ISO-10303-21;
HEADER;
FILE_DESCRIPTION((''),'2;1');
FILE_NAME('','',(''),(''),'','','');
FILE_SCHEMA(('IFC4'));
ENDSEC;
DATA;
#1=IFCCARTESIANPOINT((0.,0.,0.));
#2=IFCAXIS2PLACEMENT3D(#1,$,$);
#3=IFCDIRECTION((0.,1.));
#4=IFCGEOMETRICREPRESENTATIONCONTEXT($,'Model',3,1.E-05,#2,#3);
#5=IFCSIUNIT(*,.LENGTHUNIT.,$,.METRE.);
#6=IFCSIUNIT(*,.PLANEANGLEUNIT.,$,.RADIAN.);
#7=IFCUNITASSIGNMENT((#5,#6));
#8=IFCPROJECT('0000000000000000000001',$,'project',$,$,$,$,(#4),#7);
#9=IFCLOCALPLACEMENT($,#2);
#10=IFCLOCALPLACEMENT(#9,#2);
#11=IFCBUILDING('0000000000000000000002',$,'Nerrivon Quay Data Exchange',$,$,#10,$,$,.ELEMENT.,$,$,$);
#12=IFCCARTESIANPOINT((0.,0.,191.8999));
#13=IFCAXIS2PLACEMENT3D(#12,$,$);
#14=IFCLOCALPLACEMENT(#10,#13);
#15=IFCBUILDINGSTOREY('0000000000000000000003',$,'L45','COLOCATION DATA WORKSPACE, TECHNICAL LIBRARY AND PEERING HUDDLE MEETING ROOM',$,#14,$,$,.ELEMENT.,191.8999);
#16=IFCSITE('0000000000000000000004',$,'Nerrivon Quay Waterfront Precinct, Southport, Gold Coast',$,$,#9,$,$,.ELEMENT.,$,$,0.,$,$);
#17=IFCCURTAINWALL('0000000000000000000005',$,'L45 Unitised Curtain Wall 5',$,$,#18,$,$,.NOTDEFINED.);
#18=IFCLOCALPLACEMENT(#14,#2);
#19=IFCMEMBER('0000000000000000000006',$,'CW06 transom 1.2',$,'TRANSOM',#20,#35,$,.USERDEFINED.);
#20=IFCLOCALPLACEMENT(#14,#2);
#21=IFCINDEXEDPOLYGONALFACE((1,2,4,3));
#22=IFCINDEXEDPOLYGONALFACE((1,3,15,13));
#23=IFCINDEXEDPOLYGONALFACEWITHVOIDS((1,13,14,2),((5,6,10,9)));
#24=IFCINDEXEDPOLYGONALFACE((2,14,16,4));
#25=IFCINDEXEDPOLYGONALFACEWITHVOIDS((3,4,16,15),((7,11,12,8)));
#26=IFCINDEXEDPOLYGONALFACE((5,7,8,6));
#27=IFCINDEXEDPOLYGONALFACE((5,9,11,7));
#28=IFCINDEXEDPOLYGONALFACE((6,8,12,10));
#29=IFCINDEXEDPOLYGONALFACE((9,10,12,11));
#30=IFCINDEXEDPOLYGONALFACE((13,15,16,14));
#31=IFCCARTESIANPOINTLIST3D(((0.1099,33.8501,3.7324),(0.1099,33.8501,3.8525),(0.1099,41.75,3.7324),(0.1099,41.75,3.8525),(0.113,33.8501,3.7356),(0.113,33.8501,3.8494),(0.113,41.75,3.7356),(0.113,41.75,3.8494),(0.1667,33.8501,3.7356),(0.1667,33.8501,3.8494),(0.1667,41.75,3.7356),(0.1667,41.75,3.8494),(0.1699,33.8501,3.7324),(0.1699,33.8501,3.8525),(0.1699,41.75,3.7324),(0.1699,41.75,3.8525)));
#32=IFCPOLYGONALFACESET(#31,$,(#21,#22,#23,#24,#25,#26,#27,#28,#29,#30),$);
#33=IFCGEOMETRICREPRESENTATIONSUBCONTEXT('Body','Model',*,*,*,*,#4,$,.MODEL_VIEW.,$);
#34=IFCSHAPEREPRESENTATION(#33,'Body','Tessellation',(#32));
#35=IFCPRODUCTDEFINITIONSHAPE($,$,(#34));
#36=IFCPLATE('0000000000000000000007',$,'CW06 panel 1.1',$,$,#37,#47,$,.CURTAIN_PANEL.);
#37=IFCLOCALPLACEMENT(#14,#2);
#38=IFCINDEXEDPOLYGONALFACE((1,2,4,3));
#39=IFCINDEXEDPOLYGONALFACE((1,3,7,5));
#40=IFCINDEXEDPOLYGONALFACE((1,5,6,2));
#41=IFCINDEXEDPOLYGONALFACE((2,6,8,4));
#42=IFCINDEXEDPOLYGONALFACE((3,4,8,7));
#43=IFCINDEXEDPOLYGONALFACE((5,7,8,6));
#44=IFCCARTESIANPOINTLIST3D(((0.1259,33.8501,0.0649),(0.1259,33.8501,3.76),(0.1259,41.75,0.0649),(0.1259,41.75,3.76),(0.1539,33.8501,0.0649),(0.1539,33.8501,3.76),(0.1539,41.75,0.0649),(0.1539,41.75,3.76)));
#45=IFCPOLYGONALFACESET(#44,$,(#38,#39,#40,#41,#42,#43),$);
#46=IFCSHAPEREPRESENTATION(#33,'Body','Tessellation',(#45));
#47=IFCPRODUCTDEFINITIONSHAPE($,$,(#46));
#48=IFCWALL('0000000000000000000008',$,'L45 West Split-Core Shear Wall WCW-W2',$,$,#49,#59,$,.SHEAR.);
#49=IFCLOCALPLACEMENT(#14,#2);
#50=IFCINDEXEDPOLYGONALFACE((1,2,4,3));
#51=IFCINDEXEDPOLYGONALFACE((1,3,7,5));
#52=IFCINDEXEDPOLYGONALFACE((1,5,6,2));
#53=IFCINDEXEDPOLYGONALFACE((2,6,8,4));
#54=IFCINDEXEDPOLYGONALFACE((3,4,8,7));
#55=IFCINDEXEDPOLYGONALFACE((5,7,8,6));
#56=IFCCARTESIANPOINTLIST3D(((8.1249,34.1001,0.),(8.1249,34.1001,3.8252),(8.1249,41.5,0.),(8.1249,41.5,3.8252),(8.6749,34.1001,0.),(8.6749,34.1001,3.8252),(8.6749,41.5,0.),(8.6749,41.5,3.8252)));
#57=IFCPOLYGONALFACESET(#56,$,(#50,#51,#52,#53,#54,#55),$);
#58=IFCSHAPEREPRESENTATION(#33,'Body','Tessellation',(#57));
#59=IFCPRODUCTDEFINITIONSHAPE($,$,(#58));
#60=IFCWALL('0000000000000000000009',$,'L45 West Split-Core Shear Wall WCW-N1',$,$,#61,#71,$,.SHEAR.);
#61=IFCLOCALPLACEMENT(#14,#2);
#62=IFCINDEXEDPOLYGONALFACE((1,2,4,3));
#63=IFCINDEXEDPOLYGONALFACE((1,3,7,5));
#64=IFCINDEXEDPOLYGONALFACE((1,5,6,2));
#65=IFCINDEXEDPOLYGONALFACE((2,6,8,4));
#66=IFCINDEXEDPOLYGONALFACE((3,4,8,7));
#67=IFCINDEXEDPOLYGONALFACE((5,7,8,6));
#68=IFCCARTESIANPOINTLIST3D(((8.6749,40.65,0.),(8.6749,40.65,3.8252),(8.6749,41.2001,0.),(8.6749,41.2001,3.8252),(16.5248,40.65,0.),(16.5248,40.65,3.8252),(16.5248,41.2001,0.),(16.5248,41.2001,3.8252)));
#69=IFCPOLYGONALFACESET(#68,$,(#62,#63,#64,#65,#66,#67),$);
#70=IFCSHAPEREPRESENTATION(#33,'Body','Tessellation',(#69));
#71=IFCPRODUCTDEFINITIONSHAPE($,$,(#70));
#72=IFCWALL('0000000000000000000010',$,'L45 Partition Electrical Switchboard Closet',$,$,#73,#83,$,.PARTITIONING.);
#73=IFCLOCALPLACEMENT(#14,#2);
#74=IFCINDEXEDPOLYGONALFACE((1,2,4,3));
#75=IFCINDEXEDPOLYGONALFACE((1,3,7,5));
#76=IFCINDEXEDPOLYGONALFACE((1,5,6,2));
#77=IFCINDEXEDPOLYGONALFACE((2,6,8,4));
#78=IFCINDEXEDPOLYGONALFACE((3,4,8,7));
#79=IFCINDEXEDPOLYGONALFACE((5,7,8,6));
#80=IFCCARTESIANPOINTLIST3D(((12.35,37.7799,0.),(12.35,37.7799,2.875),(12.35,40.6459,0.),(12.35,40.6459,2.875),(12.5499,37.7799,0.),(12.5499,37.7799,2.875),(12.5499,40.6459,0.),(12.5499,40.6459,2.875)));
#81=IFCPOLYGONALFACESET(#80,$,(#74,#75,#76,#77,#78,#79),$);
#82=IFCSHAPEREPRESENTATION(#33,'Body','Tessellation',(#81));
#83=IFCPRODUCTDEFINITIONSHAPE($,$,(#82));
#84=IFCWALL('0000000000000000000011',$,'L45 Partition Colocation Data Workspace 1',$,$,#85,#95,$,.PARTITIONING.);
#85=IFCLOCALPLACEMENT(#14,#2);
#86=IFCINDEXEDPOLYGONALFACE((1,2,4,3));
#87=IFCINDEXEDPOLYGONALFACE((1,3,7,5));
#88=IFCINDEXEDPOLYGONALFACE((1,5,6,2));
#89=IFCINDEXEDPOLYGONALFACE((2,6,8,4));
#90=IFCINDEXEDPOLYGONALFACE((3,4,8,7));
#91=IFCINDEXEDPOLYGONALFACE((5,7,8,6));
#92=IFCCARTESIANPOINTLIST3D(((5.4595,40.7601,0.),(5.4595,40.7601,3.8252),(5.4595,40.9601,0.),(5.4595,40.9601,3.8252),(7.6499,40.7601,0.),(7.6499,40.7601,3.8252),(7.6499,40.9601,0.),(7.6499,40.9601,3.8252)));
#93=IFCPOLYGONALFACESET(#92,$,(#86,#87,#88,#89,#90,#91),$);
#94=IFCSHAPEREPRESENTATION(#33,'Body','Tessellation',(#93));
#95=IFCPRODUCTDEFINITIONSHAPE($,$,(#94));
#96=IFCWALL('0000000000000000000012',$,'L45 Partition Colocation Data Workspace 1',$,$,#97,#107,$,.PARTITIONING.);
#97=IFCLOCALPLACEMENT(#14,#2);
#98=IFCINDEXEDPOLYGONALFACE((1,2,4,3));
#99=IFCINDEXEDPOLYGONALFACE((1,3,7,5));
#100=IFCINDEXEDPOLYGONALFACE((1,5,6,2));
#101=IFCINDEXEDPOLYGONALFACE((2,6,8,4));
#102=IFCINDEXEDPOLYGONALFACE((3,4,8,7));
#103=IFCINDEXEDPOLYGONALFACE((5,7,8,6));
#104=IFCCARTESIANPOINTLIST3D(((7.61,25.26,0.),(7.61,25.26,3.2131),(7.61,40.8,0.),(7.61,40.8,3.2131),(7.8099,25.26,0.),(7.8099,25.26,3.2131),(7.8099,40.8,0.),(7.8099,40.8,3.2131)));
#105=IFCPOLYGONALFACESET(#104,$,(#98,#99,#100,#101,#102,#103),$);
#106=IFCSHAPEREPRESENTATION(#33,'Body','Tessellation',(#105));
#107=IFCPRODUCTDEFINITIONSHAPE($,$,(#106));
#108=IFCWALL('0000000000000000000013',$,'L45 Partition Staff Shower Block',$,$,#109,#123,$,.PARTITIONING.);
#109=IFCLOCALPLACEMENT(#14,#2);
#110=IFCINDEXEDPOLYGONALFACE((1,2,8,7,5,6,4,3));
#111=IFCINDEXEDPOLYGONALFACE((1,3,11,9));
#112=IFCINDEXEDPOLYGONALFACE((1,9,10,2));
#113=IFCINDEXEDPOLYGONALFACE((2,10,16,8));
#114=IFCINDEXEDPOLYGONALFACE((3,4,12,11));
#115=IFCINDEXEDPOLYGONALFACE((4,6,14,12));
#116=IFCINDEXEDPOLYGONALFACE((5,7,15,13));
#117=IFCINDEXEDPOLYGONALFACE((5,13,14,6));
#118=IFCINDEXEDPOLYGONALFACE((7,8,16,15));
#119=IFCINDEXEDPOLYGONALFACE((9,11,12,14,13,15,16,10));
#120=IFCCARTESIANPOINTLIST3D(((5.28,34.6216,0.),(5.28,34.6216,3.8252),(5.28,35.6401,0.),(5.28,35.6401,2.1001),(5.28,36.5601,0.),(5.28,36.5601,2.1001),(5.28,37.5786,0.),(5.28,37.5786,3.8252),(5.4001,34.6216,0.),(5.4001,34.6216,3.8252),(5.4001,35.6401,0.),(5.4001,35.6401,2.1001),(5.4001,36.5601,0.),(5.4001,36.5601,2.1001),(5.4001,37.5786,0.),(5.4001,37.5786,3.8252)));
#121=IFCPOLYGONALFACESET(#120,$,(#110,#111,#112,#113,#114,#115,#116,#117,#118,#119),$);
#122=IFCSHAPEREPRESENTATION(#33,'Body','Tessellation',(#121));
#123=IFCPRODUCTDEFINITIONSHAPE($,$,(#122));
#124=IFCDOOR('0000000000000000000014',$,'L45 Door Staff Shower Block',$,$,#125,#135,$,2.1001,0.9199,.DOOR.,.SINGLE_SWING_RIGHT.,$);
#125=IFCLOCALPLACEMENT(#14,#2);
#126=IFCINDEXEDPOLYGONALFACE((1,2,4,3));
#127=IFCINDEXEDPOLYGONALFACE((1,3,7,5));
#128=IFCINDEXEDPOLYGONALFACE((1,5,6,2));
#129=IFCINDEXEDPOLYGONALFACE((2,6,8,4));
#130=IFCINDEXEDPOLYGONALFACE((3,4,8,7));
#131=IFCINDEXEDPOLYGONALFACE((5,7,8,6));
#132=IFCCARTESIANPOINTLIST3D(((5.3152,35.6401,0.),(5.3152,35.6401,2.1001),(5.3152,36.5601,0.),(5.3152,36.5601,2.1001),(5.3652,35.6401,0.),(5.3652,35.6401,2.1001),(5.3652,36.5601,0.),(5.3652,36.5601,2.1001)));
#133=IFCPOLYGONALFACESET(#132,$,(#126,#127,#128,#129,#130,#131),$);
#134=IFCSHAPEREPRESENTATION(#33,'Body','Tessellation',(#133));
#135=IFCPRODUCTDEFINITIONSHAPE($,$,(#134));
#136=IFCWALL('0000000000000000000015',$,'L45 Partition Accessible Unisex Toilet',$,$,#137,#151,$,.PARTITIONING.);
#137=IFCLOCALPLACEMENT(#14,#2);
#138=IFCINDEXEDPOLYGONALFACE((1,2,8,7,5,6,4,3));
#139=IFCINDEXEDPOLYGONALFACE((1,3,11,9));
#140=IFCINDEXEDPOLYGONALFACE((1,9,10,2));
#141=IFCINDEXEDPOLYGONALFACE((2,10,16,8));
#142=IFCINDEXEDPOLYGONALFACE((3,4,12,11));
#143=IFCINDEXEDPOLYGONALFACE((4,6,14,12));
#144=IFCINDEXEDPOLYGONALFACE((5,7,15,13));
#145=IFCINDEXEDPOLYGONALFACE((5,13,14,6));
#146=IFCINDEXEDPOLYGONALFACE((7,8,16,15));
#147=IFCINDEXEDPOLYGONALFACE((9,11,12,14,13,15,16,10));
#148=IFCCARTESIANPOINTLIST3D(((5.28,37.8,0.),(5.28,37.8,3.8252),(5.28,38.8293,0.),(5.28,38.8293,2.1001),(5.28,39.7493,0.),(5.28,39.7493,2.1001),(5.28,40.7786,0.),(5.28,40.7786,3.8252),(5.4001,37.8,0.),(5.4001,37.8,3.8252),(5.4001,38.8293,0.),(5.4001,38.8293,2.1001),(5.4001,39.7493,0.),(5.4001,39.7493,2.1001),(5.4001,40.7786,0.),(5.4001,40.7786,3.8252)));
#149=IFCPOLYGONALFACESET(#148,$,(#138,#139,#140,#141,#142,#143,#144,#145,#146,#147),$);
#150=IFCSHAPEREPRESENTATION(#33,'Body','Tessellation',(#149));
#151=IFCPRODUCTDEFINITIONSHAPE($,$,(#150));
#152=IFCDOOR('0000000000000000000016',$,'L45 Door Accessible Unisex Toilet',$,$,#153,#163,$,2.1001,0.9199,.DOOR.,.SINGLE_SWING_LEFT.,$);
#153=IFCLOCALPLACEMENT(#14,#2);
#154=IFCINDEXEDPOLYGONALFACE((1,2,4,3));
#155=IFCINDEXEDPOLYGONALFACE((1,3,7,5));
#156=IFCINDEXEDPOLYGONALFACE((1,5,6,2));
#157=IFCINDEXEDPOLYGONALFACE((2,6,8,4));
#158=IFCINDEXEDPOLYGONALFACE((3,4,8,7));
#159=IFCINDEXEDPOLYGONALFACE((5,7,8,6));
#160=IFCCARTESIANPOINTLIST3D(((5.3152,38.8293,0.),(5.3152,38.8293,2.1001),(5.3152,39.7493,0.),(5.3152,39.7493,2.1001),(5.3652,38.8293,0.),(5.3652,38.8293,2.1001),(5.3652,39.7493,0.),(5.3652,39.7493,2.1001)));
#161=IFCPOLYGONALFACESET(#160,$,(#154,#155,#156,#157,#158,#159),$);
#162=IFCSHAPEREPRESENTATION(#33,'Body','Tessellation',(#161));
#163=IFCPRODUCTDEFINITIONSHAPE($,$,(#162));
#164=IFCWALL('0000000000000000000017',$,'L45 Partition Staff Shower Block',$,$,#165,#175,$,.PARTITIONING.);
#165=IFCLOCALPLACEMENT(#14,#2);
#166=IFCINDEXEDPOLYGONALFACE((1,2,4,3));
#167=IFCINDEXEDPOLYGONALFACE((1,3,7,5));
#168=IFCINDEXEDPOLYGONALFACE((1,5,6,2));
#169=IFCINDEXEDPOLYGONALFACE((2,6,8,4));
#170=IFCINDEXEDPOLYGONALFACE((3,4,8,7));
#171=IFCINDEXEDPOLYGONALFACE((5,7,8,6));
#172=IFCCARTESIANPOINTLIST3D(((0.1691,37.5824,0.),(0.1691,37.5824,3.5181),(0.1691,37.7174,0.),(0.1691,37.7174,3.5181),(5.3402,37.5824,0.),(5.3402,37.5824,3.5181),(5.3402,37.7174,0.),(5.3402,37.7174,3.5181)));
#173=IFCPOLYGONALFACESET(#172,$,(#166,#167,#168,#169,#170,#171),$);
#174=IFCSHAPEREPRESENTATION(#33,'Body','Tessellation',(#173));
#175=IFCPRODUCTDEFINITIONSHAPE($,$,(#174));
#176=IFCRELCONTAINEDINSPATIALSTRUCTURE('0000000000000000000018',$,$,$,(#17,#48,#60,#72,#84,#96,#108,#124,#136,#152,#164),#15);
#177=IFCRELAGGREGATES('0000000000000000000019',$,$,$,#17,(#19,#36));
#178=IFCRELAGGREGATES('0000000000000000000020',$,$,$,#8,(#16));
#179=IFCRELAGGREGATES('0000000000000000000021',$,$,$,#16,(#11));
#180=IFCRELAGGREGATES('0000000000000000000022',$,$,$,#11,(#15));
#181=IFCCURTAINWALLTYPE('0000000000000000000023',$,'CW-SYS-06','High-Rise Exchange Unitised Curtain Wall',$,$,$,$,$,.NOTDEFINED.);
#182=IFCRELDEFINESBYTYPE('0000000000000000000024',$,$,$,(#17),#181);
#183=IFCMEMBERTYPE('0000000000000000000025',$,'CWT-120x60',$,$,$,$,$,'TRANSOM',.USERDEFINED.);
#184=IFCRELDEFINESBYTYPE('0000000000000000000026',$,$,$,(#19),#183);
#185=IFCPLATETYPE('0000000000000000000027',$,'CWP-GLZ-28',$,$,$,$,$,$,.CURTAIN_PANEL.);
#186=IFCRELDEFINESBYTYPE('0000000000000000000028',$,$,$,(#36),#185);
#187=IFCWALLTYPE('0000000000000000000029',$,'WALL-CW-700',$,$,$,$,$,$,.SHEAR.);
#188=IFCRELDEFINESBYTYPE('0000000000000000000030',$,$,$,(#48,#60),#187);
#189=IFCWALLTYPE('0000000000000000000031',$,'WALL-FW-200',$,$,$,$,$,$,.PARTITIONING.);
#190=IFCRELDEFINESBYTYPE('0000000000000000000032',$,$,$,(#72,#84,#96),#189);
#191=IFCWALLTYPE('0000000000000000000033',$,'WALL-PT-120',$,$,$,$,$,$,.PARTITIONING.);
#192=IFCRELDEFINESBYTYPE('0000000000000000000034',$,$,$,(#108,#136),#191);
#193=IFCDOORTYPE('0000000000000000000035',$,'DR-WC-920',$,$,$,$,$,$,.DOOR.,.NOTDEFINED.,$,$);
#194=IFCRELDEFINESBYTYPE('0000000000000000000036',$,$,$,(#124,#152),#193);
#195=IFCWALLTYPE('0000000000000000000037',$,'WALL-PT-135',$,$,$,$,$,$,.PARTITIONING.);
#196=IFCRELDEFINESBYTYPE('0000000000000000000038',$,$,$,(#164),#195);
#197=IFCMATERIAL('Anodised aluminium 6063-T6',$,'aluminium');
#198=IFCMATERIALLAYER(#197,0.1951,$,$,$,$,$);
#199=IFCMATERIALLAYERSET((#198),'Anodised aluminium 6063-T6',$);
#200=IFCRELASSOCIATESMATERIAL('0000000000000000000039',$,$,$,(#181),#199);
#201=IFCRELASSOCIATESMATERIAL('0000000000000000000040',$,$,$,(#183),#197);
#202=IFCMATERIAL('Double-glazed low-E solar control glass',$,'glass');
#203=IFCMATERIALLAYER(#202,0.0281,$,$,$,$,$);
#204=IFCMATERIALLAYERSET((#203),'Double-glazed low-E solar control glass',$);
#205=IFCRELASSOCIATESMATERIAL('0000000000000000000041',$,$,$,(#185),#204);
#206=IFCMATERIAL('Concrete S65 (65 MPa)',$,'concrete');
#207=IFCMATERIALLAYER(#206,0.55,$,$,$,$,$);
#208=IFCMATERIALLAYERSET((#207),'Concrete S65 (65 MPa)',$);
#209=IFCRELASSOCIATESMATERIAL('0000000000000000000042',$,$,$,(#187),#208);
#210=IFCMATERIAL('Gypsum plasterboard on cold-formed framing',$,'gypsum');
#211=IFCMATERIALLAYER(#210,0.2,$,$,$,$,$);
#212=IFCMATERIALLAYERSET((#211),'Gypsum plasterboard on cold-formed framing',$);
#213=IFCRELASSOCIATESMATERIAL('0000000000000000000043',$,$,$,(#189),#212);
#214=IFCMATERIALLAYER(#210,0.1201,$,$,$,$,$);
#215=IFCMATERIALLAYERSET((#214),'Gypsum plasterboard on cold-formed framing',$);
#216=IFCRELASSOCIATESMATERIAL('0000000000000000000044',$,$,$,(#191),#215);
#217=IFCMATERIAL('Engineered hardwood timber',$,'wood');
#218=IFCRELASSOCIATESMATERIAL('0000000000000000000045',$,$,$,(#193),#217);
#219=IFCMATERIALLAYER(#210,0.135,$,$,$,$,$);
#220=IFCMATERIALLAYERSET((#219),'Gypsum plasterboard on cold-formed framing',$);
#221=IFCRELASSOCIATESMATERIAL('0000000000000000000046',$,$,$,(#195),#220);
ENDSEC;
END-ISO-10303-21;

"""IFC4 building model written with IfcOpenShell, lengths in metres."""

from ifc_helpers import new_model, si_unit, direction, frame, frame_2d, origin, origin_2d, place, context, subcontext, project, spatial, rectangle, hollow_rectangle, extrude, material, layer, layer_set, material_profile, profile_set, type_object, element, fill, aggregate, save


model = new_model("IFC4")

# Units and contexts
model_context = context("Model", 3, precision=1e-05, world=origin(), true_north=direction((0.0, 1.0)))
body_context = subcontext(model_context, "Body", "Model", "MODEL_VIEW")
ifc_project = project(units=[si_unit("LENGTHUNIT", "METRE"), si_unit("PLANEANGLEUNIT", "RADIAN")], contexts=[model_context])

# Site, building, storey
site_placement = place(None, origin())
site = spatial("IfcSite", under=ifc_project, at=site_placement, Name="Nerrivon Quay Waterfront Precinct, Southport, Gold Coast", CompositionType="ELEMENT", RefElevation=0.0)
building_placement = place(site_placement, origin())
building = spatial("IfcBuilding", under=site, at=building_placement, Name="Nerrivon Quay Data Exchange", CompositionType="ELEMENT")
storey_placement = place(building_placement, frame((0.0, 0.0, 191.8999)))
storey = spatial("IfcBuildingStorey", under=building, at=storey_placement, Name="L45", Description="COLOCATION DATA WORKSPACE, TECHNICAL LIBRARY AND PEERING HUDDLE MEETING ROOM", CompositionType="ELEMENT", Elevation=191.8999)

# Curtain wall, member, plate
ifc_material_1 = material(Name="Anodised aluminium 6063-T6", Category="aluminium")
ifc_layer_1 = layer(ifc_material_1, 0.1951)
ifc_layer_set_1 = layer_set([ifc_layer_1], Name="Anodised aluminium 6063-T6")
curtain_wall_type = type_object("IfcCurtainWallType", Name="CW-SYS-06", Description="High-Rise Exchange Unitised Curtain Wall", PredefinedType="NOTDEFINED", material=ifc_layer_set_1)
curtain_wall_placement = place(storey_placement, origin())
curtain_wall = element("IfcCurtainWall", 1, at=curtain_wall_placement, inside=storey, type_object=curtain_wall_type, Name="L45 Unitised Curtain Wall 5", PredefinedType="NOTDEFINED")
ifc_material_profile_1 = material_profile(ifc_material_1, hollow_rectangle(XDim=0.0601, YDim=0.1201, WallThickness=0.0032, at=origin_2d()), Name="ALU-TRAN-120x60")
ifc_profile_set_1 = profile_set([ifc_material_profile_1], Name="Anodised aluminium 6063-T6")
member_type_1 = type_object("IfcMemberType", Name="CWT-120x60", ElementType="TRANSOM", PredefinedType="USERDEFINED", material=ifc_profile_set_1)
member_1_placement = place(storey_placement, frame((0.1399, 33.8501, 3.7925), z_axis=(0.0, 1.0, 0.0), x_axis=(-1.0, 0.0, 0.0)))
member_1 = element("IfcMember", 2, at=member_1_placement, type_object=member_type_1, Name="CW06 transom 1.2", ObjectType="TRANSOM", PredefinedType="USERDEFINED", context=body_context, shape_type="SweptSolid", body=[
    extrude(hollow_rectangle(XDim=0.0601, YDim=0.1201, WallThickness=0.0032, at=origin_2d()), origin(), (0.0, 0.0, 1.0), 7.8999),
])
ifc_material_2 = material(Name="Double-glazed low-E solar control glass", Category="glass")
ifc_layer_2 = layer(ifc_material_2, 0.0281)
ifc_layer_set_2 = layer_set([ifc_layer_2], Name="Double-glazed low-E solar control glass")
plate_type = type_object("IfcPlateType", Name="CWP-GLZ-28", PredefinedType="CURTAIN_PANEL", material=ifc_layer_set_2)
plate_placement = place(storey_placement, frame((0.1399, 37.8, 0.0649), z_axis=(0.0, 0.0, 1.0), x_axis=(0.0, 1.0, 0.0)))
plate = element("IfcPlate", 3, at=plate_placement, type_object=plate_type, Name="CW06 panel 1.1", PredefinedType="CURTAIN_PANEL", context=body_context, shape_type="SweptSolid", body=[
    extrude(rectangle(XDim=7.8999, YDim=0.0281, at=origin_2d()), origin(), (0.0, 0.0, 1.0), 3.6951),
])
aggregate(curtain_wall, [member_1, plate])

# Walls
ifc_material_3 = material(Name="Concrete S65 (65 MPa)", Category="concrete")
ifc_layer_3 = layer(ifc_material_3, 0.55)
ifc_layer_set_3 = layer_set([ifc_layer_3], Name="Concrete S65 (65 MPa)")
wall_type_1 = type_object("IfcWallType", Name="WALL-CW-700", PredefinedType="SHEAR", material=ifc_layer_set_3)
wall_1_placement = place(storey_placement, frame((8.3999, 34.1001, 0.0), z_axis=(0.0, 0.0, 1.0), x_axis=(0.0, 1.0, 0.0)))
element("IfcWall", 4, at=wall_1_placement, inside=storey, type_object=wall_type_1, Name="L45 West Split-Core Shear Wall WCW-W2", PredefinedType="SHEAR", context=body_context, shape_type="SweptSolid", body=[
    extrude(rectangle(XDim=7.3999, YDim=0.55, at=frame_2d((3.7, 0.0))), origin(), (0.0, 0.0, 1.0), 3.8252),
])
wall_2_placement = place(storey_placement, frame((8.675, 40.925, 0.0), z_axis=(0.0, 0.0, 1.0), x_axis=(1.0, 0.0, 0.0)))
element("IfcWall", 5, at=wall_2_placement, inside=storey, type_object=wall_type_1, Name="L45 West Split-Core Shear Wall WCW-N1", PredefinedType="SHEAR", context=body_context, shape_type="SweptSolid", body=[
    extrude(rectangle(XDim=7.8499, YDim=0.55, at=frame_2d((3.9248, 0.0))), origin(), (0.0, 0.0, 1.0), 3.8252),
])
ifc_material_4 = material(Name="Gypsum plasterboard on cold-formed framing", Category="gypsum")
ifc_layer_4 = layer(ifc_material_4, 0.2)
ifc_layer_set_4 = layer_set([ifc_layer_4], Name="Gypsum plasterboard on cold-formed framing")
wall_type_2 = type_object("IfcWallType", Name="WALL-FW-200", PredefinedType="PARTITIONING", material=ifc_layer_set_4)
wall_3_placement = place(storey_placement, frame((12.45, 40.646, 0.0), z_axis=(0.0, 0.0, 1.0), x_axis=(0.0, -1.0, 0.0)))
element("IfcWall", 6, at=wall_3_placement, inside=storey, type_object=wall_type_2, Name="L45 Partition Electrical Switchboard Closet", PredefinedType="PARTITIONING", context=body_context, shape_type="SweptSolid", body=[
    extrude(rectangle(XDim=2.866, YDim=0.2, at=frame_2d((1.4331, 0.0))), origin(), (0.0, 0.0, 1.0), 2.875),
])
wall_4_placement = place(storey_placement, frame((5.4595, 40.8601, 0.0), z_axis=(0.0, 0.0, 1.0), x_axis=(1.0, 0.0, 0.0)))
element("IfcWall", 7, at=wall_4_placement, inside=storey, type_object=wall_type_2, Name="L45 Partition Colocation Data Workspace 1", PredefinedType="PARTITIONING", context=body_context, shape_type="SweptSolid", body=[
    extrude(rectangle(XDim=2.1904, YDim=0.2, at=frame_2d((1.0952, 0.0))), origin(), (0.0, 0.0, 1.0), 3.8252),
])
wall_5_placement = place(storey_placement, frame((7.71, 40.8, 0.0), z_axis=(0.0, 0.0, 1.0), x_axis=(0.0, -1.0, 0.0)))
element("IfcWall", 8, at=wall_5_placement, inside=storey, type_object=wall_type_2, Name="L45 Partition Colocation Data Workspace 1", PredefinedType="PARTITIONING", context=body_context, shape_type="SweptSolid", body=[
    extrude(rectangle(XDim=15.54, YDim=0.2, at=frame_2d((7.77, 0.0))), origin(), (0.0, 0.0, 1.0), 3.2131),
])

# Walls, openings, doors
ifc_layer_5 = layer(ifc_material_4, 0.1201)
ifc_layer_set_5 = layer_set([ifc_layer_5], Name="Gypsum plasterboard on cold-formed framing")
wall_type_3 = type_object("IfcWallType", Name="WALL-PT-120", PredefinedType="PARTITIONING", material=ifc_layer_set_5)
wall_6_placement = place(storey_placement, frame((5.3401, 34.6216, 0.0), z_axis=(0.0, 0.0, 1.0), x_axis=(0.0, 1.0, 0.0)))
wall_6 = element("IfcWall", 9, at=wall_6_placement, inside=storey, type_object=wall_type_3, Name="L45 Partition Staff Shower Block", PredefinedType="PARTITIONING", context=body_context, shape_type="SweptSolid", body=[
    extrude(rectangle(XDim=2.957, YDim=0.1201, at=frame_2d((1.4785, 0.0))), origin(), (0.0, 0.0, 1.0), 3.8252),
])
opening_1_placement = place(wall_6_placement, frame((1.0186, 0.0, 0.0)))
opening_1 = element("IfcOpeningElement", 10, at=opening_1_placement, cuts=wall_6, PredefinedType="OPENING", context=body_context, shape_type="SweptSolid", body=[
    extrude(rectangle(XDim=0.9199, YDim=2.1001, at=frame_2d((0.46, 1.05))), frame((0.0, 0.0701, 0.0), z_axis=(0.0, -1.0, 0.0), x_axis=(1.0, 0.0, 0.0)), (0.0, 0.0, 1.0), 0.1401),
])
ifc_material_5 = material(Name="Engineered hardwood timber", Category="wood")
door_type_1 = type_object("IfcDoorType", Name="DR-WC-920", OperationType="NOTDEFINED", PredefinedType="DOOR", material=ifc_material_5)
door_1_placement = place(opening_1_placement, origin())
door_1 = element("IfcDoor", 11, at=door_1_placement, inside=storey, type_object=door_type_1, Name="L45 Door Staff Shower Block", OperationType="SINGLE_SWING_RIGHT", OverallHeight=2.1001, OverallWidth=0.9199, PredefinedType="DOOR", context=body_context, shape_type="SweptSolid", body=[
    extrude(rectangle(XDim=0.9199, YDim=2.1001, at=frame_2d((0.46, 1.05))), frame((0.0, 0.0249, 0.0), z_axis=(0.0, -1.0, 0.0), x_axis=(1.0, 0.0, 0.0)), (0.0, 0.0, 1.0), 0.05),
])
fill(opening_1, door_1)
wall_7_placement = place(storey_placement, frame((5.3401, 37.8, 0.0), z_axis=(0.0, 0.0, 1.0), x_axis=(0.0, 1.0, 0.0)))
wall_7 = element("IfcWall", 12, at=wall_7_placement, inside=storey, type_object=wall_type_3, Name="L45 Partition Accessible Unisex Toilet", PredefinedType="PARTITIONING", context=body_context, shape_type="SweptSolid", body=[
    extrude(rectangle(XDim=2.9785, YDim=0.1201, at=frame_2d((1.4893, 0.0))), origin(), (0.0, 0.0, 1.0), 3.8252),
])
opening_2_placement = place(wall_7_placement, frame((1.0293, 0.0, 0.0)))
opening_2 = element("IfcOpeningElement", 13, at=opening_2_placement, cuts=wall_7, PredefinedType="OPENING", context=body_context, shape_type="SweptSolid", body=[
    extrude(rectangle(XDim=0.9199, YDim=2.1001, at=frame_2d((0.46, 1.05))), frame((0.0, 0.0701, 0.0), z_axis=(0.0, -1.0, 0.0), x_axis=(1.0, 0.0, 0.0)), (0.0, 0.0, 1.0), 0.1401),
])
door_2_placement = place(opening_2_placement, origin())
door_2 = element("IfcDoor", 14, at=door_2_placement, inside=storey, type_object=door_type_1, Name="L45 Door Accessible Unisex Toilet", OperationType="SINGLE_SWING_LEFT", OverallHeight=2.1001, OverallWidth=0.9199, PredefinedType="DOOR", context=body_context, shape_type="SweptSolid", body=[
    extrude(rectangle(XDim=0.9199, YDim=2.1001, at=frame_2d((0.46, 1.05))), frame((0.0, 0.0249, 0.0), z_axis=(0.0, -1.0, 0.0), x_axis=(1.0, 0.0, 0.0)), (0.0, 0.0, 1.0), 0.05),
])
fill(opening_2, door_2)

# Wall
ifc_layer_6 = layer(ifc_material_4, 0.135)
ifc_layer_set_6 = layer_set([ifc_layer_6], Name="Gypsum plasterboard on cold-formed framing")
wall_type_4 = type_object("IfcWallType", Name="WALL-PT-135", PredefinedType="PARTITIONING", material=ifc_layer_set_6)
for number, where, z_axis, x_axis, name in (
    (15, (5.3401, 37.6499, 0.0), (0.0, 0.0, 1.0), (-1.0, 0.0, 0.0), "L45 Partition Staff Shower Block"),
):
    element("IfcWall", number, at=place(storey_placement, frame(where, z_axis=z_axis, x_axis=x_axis)), inside=storey, type_object=wall_type_4, Name=name, PredefinedType="PARTITIONING", context=body_context, shape_type="SweptSolid", body=[
        extrude(rectangle(XDim=5.1711, YDim=0.135, at=frame_2d((2.5854, 0.0))), origin(), (0.0, 0.0, 1.0), 3.5181),
    ])

save(model, "model.ifc")
